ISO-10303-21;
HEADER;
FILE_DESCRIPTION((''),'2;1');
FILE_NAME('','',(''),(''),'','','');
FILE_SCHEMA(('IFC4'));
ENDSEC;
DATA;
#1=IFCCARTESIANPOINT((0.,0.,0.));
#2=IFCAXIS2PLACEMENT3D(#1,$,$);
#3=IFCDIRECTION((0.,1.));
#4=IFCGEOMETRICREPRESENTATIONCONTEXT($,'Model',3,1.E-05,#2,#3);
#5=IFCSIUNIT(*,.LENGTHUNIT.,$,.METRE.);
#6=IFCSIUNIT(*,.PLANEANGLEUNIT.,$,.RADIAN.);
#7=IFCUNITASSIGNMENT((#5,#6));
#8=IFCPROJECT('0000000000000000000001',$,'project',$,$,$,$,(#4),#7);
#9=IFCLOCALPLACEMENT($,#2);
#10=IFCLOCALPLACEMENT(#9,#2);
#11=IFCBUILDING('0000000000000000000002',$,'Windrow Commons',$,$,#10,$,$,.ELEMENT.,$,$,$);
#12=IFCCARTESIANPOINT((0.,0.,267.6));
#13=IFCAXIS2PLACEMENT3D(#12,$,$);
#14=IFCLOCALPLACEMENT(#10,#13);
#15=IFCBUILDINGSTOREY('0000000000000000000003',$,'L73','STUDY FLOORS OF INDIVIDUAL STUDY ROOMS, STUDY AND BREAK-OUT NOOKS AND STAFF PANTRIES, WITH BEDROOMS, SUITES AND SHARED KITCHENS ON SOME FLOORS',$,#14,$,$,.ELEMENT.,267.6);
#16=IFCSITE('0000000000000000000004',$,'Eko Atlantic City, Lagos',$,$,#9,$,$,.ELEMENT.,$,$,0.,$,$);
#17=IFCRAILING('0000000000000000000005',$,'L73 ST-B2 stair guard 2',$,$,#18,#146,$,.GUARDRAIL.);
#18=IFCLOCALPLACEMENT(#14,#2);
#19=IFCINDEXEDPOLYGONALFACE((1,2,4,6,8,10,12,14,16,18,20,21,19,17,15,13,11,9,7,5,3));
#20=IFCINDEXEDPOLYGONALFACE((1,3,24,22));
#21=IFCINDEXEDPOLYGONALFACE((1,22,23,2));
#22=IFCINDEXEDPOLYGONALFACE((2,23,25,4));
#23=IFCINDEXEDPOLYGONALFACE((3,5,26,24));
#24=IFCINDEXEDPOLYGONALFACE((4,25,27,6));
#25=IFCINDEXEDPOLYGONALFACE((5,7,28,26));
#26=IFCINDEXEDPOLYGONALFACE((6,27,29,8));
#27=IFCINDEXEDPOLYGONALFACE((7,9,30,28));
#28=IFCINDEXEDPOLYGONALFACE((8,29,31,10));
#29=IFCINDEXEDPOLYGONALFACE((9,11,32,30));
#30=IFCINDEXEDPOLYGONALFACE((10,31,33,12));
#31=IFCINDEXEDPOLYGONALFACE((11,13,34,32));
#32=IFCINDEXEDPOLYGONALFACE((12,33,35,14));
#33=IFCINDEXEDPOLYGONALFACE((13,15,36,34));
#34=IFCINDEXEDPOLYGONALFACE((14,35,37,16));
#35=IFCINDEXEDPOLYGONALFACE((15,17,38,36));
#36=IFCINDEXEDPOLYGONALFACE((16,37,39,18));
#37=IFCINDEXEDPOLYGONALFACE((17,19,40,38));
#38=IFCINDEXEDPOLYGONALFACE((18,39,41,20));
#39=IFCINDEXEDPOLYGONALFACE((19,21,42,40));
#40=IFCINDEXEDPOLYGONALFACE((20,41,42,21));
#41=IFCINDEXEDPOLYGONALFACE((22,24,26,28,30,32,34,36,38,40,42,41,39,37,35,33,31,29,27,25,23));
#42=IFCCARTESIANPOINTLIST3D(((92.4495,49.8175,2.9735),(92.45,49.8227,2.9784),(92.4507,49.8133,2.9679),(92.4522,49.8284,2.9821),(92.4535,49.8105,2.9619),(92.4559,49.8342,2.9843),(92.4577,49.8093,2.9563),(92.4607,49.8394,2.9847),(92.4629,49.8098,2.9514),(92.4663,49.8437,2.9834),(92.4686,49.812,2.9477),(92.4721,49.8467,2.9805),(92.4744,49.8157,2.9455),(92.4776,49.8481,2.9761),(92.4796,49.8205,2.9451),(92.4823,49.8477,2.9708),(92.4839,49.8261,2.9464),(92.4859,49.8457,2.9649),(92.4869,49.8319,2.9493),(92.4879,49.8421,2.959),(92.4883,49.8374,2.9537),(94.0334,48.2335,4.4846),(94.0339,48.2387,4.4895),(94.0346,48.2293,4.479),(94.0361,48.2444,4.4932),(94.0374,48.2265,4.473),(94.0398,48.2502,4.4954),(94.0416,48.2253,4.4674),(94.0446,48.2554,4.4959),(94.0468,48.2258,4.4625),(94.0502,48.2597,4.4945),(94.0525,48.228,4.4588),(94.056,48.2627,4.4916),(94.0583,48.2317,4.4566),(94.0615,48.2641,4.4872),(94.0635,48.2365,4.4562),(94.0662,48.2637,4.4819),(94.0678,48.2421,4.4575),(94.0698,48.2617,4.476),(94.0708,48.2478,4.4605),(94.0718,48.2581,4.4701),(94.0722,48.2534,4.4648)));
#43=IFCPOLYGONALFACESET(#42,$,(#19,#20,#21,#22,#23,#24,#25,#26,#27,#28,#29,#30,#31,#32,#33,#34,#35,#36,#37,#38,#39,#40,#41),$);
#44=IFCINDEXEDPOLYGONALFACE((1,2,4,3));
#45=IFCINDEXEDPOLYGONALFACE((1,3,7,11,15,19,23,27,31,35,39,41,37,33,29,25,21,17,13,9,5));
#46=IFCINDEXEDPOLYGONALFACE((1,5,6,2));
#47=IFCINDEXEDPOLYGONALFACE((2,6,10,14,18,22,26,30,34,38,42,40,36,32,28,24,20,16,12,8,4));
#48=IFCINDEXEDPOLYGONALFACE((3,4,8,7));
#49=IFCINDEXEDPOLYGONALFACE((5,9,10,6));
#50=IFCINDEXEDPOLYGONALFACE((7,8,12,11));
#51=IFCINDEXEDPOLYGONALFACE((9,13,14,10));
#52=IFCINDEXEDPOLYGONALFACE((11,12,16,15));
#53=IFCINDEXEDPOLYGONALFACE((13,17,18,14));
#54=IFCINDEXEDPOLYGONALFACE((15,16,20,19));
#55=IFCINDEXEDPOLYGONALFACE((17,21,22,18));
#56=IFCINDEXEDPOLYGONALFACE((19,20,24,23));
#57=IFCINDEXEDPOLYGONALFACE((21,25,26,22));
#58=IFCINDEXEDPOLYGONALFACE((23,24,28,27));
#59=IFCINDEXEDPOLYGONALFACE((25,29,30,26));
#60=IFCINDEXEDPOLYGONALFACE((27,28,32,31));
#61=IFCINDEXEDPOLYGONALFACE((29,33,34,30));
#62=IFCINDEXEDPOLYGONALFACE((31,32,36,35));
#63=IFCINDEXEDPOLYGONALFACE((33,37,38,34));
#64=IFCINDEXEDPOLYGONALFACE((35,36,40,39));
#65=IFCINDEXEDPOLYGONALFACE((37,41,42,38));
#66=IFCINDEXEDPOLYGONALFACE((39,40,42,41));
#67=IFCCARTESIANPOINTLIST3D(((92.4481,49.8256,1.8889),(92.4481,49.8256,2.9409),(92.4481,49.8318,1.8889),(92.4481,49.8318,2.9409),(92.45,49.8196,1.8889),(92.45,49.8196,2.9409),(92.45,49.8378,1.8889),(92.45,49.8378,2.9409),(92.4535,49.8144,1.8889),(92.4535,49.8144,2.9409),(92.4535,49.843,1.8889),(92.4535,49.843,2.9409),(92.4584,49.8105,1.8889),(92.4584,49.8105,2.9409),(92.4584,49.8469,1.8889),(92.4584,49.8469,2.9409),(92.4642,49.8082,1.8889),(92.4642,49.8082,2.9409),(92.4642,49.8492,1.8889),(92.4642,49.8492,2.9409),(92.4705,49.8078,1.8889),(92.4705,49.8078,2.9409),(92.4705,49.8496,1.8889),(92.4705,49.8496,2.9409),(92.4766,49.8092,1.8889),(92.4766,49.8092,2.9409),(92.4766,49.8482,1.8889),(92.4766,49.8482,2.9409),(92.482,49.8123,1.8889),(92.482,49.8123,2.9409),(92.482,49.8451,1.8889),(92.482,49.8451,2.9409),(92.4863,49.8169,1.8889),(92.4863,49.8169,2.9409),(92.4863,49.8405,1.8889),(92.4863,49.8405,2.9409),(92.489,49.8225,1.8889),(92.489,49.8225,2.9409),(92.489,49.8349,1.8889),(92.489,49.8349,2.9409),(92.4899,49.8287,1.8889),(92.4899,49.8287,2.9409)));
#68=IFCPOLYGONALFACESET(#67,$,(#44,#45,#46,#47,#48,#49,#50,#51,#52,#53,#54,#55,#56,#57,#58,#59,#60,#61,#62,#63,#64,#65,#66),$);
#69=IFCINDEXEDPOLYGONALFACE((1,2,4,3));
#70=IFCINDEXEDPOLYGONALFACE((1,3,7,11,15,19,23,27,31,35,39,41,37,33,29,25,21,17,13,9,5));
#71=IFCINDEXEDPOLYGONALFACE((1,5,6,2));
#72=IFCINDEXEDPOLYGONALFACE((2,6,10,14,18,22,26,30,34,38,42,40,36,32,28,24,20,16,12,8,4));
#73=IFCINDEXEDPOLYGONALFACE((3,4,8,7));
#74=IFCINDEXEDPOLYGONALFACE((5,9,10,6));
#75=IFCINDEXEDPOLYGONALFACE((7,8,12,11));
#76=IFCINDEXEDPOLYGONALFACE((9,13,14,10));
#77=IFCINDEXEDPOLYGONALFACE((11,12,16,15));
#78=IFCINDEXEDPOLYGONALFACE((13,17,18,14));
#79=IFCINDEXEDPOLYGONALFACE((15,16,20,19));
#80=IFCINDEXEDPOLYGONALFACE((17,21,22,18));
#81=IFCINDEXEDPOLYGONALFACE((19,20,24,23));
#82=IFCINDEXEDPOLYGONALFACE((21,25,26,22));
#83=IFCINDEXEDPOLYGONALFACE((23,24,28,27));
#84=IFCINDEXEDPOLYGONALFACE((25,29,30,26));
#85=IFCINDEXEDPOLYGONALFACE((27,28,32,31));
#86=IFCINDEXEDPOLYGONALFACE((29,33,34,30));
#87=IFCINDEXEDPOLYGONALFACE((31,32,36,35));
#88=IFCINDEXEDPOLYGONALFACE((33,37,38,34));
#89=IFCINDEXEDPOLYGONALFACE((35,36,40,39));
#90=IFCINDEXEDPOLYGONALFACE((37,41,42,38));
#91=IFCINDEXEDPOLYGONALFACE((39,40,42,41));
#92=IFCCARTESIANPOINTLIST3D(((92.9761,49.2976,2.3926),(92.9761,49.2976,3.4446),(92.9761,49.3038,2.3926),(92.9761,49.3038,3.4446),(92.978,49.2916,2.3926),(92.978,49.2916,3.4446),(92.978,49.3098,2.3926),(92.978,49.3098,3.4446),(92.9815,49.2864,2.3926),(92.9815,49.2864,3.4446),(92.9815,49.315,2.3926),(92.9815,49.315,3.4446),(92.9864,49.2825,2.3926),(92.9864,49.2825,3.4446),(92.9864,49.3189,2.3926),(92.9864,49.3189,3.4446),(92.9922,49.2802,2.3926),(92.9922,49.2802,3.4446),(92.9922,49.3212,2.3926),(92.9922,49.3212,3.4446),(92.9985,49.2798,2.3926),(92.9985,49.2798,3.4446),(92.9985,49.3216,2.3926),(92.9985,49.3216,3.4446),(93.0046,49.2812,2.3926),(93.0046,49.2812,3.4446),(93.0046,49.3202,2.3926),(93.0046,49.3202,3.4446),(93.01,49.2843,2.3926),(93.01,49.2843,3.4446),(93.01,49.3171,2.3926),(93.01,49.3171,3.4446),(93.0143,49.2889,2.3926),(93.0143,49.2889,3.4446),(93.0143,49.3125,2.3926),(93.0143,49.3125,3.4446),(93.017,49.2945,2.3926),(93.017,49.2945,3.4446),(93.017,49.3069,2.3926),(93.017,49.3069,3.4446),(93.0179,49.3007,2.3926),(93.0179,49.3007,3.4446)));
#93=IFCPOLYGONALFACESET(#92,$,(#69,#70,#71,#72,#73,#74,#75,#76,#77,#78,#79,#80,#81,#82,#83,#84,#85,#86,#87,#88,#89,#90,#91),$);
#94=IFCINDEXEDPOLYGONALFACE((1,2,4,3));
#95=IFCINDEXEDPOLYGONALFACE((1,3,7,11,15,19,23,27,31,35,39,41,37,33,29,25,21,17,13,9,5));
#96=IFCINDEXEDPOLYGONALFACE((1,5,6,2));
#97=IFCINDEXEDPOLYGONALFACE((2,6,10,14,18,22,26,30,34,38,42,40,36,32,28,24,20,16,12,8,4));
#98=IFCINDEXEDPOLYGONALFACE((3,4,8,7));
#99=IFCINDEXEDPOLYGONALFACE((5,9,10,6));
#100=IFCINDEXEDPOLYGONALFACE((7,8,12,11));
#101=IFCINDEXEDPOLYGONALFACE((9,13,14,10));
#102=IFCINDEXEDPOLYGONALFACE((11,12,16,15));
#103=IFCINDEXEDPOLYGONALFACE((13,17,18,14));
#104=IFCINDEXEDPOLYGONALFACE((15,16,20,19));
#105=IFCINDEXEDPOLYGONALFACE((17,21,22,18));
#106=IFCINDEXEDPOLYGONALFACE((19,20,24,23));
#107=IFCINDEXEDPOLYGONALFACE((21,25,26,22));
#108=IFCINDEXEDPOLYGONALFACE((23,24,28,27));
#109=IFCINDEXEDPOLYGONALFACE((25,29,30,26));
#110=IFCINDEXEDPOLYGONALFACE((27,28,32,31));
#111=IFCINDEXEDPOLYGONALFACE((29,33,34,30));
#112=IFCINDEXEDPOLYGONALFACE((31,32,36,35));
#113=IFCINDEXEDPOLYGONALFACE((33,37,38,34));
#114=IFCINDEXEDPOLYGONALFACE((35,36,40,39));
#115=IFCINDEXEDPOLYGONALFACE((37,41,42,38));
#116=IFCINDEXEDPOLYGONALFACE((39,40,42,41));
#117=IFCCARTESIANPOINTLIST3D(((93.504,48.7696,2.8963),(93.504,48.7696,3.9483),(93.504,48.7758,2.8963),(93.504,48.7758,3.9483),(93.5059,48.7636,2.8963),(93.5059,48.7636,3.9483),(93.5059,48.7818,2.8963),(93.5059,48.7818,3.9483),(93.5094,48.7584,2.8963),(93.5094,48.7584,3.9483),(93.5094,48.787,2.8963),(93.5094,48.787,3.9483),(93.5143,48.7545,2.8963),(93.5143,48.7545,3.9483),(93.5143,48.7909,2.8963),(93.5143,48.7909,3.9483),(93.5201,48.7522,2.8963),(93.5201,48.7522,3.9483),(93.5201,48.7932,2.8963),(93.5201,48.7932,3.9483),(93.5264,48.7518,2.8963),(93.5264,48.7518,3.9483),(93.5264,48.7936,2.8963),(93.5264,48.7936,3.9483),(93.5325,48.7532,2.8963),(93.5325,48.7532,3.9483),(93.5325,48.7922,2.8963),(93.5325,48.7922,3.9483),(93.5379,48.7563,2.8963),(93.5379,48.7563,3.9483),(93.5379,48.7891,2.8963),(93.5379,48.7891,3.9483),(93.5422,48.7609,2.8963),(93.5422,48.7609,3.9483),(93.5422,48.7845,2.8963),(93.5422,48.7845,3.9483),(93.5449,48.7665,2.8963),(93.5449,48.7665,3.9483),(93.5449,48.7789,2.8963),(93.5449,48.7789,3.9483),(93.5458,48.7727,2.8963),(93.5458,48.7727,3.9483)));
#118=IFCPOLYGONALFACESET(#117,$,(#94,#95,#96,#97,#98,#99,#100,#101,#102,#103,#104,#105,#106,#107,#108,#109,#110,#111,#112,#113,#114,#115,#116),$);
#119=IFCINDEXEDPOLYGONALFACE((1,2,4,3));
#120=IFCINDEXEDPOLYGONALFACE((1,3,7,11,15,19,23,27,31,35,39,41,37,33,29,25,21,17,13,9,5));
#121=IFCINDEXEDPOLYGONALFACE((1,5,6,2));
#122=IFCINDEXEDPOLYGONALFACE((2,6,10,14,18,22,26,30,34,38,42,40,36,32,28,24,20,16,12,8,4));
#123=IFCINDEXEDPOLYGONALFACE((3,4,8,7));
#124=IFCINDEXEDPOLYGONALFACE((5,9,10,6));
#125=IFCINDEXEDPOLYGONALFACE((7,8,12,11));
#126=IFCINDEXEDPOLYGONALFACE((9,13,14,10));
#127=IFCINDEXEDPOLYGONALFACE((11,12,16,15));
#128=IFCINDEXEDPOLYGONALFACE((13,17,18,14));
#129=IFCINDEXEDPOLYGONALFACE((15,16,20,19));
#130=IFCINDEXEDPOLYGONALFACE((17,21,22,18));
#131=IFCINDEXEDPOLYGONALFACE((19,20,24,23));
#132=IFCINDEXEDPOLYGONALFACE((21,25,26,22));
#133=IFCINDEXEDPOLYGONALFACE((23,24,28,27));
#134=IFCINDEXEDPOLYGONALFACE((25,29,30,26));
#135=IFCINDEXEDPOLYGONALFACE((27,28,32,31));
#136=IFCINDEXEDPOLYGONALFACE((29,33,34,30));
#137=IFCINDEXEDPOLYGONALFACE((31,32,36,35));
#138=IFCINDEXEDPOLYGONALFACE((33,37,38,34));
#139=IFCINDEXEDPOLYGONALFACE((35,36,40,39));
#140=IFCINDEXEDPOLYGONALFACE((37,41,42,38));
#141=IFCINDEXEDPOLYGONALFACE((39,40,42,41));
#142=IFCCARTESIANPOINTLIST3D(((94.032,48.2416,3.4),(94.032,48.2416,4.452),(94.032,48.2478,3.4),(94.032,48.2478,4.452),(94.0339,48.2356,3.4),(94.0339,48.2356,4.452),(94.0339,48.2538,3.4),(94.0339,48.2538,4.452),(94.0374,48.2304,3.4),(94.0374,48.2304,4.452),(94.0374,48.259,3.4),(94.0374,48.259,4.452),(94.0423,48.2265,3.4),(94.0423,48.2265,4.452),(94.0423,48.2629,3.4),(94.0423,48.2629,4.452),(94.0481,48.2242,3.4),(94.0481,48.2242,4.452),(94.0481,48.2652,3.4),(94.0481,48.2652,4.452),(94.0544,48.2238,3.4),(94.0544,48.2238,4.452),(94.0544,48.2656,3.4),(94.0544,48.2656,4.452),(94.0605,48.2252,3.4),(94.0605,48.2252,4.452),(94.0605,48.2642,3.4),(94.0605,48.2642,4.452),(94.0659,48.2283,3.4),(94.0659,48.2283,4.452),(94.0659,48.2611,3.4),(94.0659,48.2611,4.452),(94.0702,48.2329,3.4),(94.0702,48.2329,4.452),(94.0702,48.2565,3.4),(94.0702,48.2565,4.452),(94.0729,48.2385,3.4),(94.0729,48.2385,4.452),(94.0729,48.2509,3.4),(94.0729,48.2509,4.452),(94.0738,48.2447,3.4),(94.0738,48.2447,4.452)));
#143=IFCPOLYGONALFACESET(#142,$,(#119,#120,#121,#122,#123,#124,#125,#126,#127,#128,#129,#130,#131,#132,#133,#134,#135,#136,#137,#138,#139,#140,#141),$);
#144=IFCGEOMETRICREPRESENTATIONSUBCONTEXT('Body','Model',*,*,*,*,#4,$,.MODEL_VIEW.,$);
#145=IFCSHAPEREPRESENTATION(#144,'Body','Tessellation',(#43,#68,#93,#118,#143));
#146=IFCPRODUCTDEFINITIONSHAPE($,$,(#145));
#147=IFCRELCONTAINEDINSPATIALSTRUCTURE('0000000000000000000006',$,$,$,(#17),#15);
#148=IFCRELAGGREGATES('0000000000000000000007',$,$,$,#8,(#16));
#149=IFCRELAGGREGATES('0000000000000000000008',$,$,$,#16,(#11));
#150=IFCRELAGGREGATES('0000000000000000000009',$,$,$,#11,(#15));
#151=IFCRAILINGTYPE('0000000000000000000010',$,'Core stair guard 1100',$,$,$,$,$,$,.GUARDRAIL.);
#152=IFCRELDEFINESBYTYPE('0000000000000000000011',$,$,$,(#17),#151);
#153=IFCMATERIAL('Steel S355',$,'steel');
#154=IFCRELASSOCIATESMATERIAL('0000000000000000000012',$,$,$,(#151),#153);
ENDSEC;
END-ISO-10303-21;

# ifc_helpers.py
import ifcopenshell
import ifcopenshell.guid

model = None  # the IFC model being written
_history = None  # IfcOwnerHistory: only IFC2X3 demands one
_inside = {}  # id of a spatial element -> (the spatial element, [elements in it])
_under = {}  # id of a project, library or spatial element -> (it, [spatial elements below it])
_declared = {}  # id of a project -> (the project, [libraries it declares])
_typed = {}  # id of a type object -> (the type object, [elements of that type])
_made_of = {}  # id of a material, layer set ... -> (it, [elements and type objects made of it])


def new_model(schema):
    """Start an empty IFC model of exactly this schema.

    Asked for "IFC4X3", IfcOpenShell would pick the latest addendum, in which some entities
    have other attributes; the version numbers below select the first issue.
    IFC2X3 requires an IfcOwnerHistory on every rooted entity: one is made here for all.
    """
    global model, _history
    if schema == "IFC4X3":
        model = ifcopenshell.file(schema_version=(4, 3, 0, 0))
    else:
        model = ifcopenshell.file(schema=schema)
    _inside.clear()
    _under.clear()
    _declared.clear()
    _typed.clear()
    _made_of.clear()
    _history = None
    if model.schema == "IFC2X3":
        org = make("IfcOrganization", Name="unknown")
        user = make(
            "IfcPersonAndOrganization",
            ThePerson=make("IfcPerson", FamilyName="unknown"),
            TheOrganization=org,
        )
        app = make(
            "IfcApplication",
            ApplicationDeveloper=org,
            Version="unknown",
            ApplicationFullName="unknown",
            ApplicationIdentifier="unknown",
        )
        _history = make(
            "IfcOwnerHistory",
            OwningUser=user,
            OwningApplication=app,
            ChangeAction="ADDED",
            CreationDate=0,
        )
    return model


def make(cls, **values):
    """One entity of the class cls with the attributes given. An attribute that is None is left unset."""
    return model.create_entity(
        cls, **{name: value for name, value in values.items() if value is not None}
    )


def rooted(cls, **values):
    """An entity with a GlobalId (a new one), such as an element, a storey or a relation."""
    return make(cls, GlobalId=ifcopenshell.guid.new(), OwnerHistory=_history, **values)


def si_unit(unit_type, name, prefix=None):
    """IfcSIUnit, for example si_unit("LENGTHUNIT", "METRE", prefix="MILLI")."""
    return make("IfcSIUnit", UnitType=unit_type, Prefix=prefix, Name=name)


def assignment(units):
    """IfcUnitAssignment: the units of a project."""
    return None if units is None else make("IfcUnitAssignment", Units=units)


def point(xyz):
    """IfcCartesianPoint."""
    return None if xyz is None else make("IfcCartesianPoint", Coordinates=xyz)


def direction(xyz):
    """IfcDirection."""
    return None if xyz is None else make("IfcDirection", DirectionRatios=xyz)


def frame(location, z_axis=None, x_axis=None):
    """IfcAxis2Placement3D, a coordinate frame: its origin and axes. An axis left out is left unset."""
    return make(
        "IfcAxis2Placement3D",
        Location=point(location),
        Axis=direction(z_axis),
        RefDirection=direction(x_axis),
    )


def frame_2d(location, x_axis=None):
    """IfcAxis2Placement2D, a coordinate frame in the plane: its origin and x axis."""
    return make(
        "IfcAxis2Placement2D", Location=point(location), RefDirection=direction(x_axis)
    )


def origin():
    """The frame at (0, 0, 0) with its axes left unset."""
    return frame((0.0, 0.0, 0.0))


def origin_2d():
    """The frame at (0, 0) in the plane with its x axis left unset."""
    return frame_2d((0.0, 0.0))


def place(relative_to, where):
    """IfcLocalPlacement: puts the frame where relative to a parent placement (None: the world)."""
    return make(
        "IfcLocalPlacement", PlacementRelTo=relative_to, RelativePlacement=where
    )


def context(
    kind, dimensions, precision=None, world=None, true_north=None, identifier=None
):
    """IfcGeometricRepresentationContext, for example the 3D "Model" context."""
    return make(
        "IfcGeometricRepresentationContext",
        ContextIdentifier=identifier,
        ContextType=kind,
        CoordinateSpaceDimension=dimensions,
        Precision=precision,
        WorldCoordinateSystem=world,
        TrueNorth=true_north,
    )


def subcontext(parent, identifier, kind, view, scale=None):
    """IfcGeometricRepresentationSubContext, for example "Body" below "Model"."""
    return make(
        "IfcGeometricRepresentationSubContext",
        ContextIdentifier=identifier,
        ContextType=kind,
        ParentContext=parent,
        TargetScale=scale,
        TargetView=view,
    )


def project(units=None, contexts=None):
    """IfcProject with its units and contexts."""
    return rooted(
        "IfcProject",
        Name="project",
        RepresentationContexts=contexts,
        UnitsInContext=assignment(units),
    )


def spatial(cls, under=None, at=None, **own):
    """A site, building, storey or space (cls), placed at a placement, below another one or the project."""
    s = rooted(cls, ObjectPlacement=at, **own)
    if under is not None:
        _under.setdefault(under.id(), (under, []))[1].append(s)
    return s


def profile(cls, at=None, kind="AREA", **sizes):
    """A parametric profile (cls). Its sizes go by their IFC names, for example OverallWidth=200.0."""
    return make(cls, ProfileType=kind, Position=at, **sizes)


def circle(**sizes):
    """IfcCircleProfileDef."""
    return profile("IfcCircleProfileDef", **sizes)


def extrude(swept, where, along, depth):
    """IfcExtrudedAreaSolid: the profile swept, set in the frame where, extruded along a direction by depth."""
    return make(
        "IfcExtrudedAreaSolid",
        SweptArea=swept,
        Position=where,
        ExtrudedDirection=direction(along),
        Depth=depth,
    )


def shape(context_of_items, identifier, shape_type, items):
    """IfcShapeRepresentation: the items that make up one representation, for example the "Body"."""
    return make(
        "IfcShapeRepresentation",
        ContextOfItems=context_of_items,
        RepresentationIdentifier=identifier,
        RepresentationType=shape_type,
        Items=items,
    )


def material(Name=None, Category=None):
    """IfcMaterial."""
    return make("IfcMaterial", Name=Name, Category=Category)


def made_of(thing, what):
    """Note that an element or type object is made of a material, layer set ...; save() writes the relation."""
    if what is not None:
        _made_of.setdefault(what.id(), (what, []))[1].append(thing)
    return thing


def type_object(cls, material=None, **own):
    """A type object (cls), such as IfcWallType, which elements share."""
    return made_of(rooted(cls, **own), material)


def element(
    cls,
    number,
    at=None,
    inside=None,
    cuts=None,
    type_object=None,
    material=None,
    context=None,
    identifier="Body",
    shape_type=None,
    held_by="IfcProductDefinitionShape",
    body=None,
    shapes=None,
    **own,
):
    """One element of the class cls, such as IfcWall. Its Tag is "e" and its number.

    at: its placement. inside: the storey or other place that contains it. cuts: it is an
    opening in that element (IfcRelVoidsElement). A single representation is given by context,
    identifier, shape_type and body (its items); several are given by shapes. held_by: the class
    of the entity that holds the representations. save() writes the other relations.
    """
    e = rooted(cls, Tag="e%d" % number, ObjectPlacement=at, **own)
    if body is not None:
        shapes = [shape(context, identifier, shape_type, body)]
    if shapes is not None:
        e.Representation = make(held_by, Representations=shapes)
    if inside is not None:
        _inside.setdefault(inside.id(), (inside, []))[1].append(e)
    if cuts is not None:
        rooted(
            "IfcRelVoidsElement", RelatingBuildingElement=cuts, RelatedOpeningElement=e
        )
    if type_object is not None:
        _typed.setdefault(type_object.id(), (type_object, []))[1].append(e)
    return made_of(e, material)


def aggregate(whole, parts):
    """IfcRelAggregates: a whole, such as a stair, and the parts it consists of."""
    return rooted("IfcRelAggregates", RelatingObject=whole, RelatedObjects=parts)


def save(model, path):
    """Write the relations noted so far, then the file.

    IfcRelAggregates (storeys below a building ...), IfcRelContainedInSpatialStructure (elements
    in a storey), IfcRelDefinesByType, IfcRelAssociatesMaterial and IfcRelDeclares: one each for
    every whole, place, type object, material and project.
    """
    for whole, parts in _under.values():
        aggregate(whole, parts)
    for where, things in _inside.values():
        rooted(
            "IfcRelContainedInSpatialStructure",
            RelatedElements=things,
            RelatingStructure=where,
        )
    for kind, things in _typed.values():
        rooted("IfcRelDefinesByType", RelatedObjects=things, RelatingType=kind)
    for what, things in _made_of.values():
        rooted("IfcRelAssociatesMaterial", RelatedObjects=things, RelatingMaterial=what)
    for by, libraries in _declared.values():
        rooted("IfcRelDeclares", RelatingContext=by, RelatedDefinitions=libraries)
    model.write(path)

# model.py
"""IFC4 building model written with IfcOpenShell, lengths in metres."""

from ifc_helpers import new_model, si_unit, direction, frame, origin, origin_2d, place, context, subcontext, project, spatial, circle, extrude, material, type_object, element, save


model = new_model("IFC4")

# Units and contexts
model_context = context("Model", 3, precision=1e-05, world=origin(), true_north=direction((0.0, 1.0)))
body_context = subcontext(model_context, "Body", "Model", "MODEL_VIEW")
ifc_project = project(units=[si_unit("LENGTHUNIT", "METRE"), si_unit("PLANEANGLEUNIT", "RADIAN")], contexts=[model_context])

# Site, building, storey
site_placement = place(None, origin())
site = spatial("IfcSite", under=ifc_project, at=site_placement, Name="Eko Atlantic City, Lagos", CompositionType="ELEMENT", RefElevation=0.0)
building_placement = place(site_placement, origin())
building = spatial("IfcBuilding", under=site, at=building_placement, Name="Windrow Commons", CompositionType="ELEMENT")
storey_placement = place(building_placement, frame((0.0, 0.0, 267.6)))
storey = spatial("IfcBuildingStorey", under=building, at=storey_placement, Name="L73", Description="STUDY FLOORS OF INDIVIDUAL STUDY ROOMS, STUDY AND BREAK-OUT NOOKS AND STAFF PANTRIES, WITH BEDROOMS, SUITES AND SHARED KITCHENS ON SOME FLOORS", CompositionType="ELEMENT", Elevation=267.6)

# Railing
ifc_material_1 = material(Name="Steel S355", Category="steel")
railing_type_1 = type_object("IfcRailingType", Name="Core stair guard 1100", PredefinedType="GUARDRAIL", material=ifc_material_1)
railing_1_placement = place(storey_placement, frame((92.4689, 49.8287, 1.8889)))
element("IfcRailing", 1, at=railing_1_placement, inside=storey, type_object=railing_type_1, Name="L73 ST-B2 stair guard 2", PredefinedType="GUARDRAIL", context=body_context, shape_type="SweptSolid", body=[
    extrude(circle(Radius=0.024, at=origin_2d()), frame((0.0, 0.0, 1.076), z_axis=(0.586179, -0.586216, 0.559237), x_axis=(0.707129, 0.707084, 0.0)), (0.0, 0.0, 1.0), 2.7021),
    extrude(circle(Radius=0.021, at=origin_2d()), origin(), (0.0, 0.0, 1.0), 1.052),
    extrude(circle(Radius=0.021, at=origin_2d()), frame((0.528, -0.528, 0.5037)), (0.0, 0.0, 1.0), 1.052),
    extrude(circle(Radius=0.021, at=origin_2d()), frame((1.0559, -1.056, 1.0074)), (0.0, 0.0, 1.0), 1.052),
    extrude(circle(Radius=0.021, at=origin_2d()), frame((1.5839, -1.584, 1.5111)), (0.0, 0.0, 1.0), 1.052),
])

save(model, "model.ifc")
